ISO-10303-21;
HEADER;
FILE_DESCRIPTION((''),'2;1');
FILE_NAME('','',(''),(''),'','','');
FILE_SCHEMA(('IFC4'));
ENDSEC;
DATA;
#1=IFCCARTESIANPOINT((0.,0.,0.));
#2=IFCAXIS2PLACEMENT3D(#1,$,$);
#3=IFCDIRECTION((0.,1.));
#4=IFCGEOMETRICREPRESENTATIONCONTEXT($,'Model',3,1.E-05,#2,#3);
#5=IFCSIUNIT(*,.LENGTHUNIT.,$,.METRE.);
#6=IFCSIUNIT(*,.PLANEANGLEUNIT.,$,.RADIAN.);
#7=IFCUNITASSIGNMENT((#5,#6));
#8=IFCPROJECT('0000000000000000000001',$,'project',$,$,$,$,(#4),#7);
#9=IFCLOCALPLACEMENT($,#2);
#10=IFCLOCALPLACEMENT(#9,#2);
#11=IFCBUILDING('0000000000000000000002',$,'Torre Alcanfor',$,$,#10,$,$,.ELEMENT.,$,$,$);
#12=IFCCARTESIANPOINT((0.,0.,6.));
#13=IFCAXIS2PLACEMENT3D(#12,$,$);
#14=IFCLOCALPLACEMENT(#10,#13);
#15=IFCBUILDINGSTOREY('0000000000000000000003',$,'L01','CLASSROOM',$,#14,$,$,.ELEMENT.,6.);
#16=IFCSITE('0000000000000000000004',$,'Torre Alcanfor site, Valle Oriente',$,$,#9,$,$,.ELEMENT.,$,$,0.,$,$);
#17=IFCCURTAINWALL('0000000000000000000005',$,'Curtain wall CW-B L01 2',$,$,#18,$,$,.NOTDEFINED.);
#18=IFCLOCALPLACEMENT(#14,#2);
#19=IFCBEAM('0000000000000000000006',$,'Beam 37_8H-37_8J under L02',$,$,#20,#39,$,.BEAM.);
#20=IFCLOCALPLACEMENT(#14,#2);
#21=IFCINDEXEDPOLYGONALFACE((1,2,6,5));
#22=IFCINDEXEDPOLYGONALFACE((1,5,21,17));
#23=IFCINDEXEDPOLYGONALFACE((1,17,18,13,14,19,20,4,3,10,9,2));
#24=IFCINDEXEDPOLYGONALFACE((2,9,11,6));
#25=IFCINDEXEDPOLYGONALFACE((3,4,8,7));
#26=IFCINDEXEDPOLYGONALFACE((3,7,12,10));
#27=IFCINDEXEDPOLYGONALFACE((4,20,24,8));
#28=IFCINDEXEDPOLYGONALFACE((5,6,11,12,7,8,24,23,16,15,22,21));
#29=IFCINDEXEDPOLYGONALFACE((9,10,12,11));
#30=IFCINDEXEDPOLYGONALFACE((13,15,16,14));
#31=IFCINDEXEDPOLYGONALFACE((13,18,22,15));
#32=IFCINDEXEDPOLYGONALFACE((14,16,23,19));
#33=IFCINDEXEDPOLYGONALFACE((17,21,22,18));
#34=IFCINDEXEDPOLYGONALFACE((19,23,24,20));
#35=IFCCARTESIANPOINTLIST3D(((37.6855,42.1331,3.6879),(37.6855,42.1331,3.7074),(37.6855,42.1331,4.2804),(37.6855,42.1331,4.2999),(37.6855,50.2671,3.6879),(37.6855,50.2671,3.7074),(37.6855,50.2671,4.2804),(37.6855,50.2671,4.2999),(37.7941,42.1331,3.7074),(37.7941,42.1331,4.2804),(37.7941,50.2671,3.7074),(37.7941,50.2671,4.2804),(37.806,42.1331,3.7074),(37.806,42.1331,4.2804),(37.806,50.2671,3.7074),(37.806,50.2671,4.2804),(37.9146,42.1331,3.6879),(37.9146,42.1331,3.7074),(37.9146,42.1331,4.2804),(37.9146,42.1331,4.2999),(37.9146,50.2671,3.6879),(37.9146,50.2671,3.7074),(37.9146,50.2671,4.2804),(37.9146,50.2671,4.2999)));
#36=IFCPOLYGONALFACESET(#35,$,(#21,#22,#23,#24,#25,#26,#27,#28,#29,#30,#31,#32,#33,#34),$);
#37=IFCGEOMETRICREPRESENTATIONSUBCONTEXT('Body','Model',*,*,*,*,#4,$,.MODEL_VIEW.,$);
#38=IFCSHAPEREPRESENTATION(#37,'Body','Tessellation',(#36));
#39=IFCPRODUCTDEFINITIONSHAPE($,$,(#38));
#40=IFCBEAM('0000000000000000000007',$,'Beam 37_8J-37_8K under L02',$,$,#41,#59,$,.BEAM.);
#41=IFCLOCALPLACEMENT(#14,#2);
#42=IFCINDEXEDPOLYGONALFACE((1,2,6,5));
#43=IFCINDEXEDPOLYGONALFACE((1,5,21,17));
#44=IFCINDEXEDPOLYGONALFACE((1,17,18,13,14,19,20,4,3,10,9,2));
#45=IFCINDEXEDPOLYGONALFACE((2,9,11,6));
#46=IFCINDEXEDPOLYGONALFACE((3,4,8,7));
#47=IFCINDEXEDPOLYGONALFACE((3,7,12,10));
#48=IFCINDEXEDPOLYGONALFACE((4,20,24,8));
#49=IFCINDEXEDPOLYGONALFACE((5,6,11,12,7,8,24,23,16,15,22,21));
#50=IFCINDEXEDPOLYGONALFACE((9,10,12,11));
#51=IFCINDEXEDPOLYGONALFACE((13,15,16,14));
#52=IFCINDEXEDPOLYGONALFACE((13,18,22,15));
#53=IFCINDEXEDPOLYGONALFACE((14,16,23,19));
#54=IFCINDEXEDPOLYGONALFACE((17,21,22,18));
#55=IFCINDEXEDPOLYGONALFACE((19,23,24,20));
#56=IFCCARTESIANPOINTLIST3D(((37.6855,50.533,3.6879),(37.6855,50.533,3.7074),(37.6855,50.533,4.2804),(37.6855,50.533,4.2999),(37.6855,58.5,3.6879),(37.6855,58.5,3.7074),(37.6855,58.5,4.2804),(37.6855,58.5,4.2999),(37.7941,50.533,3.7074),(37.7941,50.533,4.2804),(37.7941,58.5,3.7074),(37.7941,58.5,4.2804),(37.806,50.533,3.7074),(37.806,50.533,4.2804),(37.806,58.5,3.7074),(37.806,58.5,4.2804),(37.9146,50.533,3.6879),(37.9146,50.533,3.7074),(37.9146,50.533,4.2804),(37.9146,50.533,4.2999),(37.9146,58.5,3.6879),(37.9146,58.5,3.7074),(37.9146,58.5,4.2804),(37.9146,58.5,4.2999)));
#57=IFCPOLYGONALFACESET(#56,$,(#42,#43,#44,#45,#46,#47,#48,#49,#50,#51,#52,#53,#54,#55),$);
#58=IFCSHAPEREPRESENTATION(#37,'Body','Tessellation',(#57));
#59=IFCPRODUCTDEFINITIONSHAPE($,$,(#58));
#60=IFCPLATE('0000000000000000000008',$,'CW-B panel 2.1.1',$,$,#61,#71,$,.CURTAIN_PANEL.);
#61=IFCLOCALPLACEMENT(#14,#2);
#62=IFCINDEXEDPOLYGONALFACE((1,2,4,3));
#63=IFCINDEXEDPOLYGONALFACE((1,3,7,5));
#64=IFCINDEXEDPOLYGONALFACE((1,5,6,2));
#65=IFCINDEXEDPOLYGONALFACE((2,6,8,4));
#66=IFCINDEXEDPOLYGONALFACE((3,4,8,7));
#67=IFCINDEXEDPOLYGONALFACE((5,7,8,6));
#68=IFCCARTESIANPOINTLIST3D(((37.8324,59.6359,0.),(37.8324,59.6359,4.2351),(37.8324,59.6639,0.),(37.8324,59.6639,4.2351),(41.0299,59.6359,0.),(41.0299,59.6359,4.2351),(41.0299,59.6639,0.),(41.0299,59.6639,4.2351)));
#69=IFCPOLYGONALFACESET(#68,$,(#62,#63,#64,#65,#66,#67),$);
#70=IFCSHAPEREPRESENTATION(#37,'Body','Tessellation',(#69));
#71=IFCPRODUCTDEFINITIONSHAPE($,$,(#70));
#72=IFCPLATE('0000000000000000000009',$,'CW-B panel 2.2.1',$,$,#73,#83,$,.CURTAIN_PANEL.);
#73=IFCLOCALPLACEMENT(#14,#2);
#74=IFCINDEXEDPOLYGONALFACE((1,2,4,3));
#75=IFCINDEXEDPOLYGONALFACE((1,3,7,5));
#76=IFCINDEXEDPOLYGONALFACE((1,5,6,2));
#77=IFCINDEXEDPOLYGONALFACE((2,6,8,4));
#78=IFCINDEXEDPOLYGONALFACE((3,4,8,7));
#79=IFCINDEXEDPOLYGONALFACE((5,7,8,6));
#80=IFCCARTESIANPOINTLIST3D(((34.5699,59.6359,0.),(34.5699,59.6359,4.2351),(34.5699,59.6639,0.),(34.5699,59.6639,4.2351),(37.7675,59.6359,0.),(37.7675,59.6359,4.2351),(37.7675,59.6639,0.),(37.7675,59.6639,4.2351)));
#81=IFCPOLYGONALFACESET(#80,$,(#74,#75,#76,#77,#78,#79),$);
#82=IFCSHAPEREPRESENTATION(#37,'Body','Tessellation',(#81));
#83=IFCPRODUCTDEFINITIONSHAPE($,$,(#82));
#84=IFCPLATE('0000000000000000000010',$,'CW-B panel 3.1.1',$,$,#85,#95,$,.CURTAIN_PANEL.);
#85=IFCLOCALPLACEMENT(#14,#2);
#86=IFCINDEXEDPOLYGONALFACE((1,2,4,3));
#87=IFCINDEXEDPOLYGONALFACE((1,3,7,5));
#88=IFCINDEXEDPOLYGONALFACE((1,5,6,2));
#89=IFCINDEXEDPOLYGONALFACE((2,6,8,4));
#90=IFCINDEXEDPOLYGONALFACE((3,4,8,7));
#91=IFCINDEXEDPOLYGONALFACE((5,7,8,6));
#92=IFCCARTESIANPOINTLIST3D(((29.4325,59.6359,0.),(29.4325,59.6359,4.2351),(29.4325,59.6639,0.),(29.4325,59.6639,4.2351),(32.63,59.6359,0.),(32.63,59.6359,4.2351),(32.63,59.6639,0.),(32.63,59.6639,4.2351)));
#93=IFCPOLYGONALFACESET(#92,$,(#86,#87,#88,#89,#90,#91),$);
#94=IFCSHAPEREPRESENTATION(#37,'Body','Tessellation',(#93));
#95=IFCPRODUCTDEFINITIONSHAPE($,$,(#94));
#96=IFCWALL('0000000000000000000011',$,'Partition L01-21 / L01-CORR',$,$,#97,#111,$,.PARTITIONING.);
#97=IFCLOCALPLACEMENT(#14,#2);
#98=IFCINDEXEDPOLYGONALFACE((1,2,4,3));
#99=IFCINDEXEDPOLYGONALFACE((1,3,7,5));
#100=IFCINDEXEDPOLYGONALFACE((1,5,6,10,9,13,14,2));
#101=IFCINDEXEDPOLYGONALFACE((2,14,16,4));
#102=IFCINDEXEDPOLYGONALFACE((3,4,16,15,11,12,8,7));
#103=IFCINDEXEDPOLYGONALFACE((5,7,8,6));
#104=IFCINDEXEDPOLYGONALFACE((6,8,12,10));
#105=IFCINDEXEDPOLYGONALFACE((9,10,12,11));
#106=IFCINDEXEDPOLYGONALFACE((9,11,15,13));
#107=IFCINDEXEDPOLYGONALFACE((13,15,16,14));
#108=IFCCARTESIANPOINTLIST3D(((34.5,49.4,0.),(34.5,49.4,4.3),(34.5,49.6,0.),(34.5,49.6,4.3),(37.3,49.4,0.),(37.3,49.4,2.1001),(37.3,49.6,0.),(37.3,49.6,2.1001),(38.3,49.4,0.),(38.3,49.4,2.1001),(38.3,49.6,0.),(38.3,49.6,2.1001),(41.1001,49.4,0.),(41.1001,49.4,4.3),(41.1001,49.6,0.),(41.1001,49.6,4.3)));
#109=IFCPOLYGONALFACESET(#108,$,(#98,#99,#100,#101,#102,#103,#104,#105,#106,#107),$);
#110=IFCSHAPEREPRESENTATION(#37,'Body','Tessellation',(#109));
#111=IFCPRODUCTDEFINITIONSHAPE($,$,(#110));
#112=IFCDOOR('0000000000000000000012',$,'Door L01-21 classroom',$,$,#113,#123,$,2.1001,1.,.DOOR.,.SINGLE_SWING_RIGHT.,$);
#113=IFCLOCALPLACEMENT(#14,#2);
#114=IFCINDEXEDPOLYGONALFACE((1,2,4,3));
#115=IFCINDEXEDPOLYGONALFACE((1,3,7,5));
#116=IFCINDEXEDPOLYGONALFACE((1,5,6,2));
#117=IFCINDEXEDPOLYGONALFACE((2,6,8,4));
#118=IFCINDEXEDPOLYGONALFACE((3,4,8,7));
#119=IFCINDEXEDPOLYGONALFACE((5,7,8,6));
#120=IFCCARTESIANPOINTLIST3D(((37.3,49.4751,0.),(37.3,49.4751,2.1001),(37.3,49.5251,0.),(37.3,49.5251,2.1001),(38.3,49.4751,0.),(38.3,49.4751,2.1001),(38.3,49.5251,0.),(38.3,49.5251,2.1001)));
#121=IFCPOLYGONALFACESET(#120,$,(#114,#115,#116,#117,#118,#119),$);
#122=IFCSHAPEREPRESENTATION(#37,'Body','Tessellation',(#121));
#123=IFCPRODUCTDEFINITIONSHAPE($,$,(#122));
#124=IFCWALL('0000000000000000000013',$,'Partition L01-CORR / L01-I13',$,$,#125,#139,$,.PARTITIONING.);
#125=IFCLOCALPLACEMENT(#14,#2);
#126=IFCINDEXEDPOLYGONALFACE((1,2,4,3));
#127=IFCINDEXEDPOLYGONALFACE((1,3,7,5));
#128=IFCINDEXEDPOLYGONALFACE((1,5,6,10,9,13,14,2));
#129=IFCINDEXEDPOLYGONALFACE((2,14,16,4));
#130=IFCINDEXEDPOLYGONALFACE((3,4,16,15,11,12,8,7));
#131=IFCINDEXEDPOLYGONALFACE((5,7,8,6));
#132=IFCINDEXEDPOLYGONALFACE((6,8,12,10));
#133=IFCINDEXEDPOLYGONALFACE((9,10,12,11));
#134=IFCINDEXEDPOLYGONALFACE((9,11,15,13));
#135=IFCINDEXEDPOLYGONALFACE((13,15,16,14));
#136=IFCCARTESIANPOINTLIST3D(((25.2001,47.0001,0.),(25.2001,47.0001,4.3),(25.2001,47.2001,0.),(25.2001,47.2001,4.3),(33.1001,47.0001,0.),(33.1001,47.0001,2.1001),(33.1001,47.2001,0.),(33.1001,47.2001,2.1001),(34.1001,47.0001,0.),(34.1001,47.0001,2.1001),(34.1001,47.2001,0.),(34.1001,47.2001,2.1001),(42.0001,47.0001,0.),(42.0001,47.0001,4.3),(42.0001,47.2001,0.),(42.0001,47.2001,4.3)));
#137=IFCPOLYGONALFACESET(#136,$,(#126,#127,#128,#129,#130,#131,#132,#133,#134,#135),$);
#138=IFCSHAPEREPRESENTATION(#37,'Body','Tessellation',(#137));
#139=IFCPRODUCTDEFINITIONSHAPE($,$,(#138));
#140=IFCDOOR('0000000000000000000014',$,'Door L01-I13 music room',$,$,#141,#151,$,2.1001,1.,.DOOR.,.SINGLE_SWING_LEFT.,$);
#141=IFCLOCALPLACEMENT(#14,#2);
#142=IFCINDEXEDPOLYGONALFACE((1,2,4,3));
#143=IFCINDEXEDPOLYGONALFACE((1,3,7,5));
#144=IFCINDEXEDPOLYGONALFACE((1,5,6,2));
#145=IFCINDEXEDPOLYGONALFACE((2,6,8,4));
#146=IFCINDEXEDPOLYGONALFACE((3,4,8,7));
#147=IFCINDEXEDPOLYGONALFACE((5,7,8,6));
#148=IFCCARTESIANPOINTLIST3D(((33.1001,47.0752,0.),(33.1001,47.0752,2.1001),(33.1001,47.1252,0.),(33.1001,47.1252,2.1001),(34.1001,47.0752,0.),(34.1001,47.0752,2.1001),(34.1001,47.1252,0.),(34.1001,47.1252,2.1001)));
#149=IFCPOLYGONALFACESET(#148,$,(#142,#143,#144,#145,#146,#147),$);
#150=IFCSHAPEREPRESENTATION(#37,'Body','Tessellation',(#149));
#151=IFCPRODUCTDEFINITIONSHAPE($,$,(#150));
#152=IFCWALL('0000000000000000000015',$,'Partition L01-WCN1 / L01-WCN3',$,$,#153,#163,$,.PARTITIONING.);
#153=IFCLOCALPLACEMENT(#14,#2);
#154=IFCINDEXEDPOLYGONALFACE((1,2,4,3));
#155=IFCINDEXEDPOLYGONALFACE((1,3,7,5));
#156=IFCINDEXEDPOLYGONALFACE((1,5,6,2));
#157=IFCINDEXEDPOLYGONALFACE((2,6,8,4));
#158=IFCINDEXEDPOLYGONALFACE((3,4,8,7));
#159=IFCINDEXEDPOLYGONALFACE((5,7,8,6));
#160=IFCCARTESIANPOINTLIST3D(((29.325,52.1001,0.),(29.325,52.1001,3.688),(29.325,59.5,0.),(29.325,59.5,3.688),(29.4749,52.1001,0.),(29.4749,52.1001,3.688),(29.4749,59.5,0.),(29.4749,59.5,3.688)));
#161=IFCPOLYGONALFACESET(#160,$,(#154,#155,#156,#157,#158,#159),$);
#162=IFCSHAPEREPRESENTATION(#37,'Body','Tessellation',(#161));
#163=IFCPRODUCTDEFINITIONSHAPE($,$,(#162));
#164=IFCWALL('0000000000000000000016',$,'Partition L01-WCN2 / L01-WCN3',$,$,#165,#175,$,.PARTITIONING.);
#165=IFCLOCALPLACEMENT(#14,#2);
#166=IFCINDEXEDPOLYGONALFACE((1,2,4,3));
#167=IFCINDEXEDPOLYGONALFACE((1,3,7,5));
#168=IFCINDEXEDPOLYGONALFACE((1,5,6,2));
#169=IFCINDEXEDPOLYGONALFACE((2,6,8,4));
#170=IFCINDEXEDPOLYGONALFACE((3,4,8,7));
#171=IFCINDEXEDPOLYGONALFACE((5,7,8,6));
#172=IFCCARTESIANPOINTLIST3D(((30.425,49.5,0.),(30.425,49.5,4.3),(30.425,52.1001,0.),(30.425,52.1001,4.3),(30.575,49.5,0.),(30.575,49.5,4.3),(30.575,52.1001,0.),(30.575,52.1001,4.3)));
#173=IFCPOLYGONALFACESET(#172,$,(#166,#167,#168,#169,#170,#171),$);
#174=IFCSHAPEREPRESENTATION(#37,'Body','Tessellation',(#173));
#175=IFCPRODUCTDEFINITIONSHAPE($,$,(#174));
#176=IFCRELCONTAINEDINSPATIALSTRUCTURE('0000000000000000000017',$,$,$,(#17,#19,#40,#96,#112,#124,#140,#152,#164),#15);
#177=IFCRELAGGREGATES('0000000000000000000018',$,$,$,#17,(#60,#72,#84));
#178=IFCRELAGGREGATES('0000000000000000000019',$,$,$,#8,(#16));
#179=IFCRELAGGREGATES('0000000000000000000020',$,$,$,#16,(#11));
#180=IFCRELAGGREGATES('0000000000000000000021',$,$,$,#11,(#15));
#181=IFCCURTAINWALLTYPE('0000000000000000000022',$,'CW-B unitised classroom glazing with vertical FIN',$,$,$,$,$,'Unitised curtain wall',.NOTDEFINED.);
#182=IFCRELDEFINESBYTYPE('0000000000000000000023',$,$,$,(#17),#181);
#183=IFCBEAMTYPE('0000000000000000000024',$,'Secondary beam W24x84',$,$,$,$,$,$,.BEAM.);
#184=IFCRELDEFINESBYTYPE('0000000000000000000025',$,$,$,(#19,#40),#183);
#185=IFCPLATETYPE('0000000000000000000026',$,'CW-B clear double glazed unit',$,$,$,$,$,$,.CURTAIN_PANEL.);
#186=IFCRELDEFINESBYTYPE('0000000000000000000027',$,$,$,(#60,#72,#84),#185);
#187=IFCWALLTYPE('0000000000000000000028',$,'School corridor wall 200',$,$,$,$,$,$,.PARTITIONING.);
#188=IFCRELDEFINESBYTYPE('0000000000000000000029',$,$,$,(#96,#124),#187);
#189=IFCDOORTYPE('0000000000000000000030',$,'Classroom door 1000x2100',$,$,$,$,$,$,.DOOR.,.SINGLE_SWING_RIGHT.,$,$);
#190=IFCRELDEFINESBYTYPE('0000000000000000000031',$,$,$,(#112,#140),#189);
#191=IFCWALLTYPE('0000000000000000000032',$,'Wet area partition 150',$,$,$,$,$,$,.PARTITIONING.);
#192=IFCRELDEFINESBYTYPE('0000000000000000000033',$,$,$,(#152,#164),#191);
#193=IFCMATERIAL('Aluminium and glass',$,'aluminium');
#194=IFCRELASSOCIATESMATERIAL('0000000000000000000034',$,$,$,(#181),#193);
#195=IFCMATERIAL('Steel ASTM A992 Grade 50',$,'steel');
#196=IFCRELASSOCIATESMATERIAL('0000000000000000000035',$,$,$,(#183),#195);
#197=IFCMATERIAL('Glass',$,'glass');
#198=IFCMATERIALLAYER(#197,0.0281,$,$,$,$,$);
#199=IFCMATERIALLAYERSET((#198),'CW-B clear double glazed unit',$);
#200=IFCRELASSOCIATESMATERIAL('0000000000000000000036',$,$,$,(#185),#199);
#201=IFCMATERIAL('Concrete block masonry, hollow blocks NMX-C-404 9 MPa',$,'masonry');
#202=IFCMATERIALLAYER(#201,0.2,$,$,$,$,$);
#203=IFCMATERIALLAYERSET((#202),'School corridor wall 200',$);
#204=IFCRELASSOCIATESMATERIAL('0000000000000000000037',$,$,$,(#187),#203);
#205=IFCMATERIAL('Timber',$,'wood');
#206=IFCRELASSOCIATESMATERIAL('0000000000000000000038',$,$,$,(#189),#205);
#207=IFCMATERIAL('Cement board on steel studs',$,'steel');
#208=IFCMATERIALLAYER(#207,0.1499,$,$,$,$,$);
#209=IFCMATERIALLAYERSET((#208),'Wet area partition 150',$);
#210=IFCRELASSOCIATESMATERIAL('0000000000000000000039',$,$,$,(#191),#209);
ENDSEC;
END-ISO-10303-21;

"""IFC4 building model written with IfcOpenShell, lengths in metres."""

from ifc_helpers import new_model, si_unit, direction, frame, frame_2d, origin, origin_2d, place, context, subcontext, project, spatial, rectangle, i_section, extrude, material, layer, layer_set, material_profile, profile_set, type_object, element, fill, aggregate, save


model = new_model("IFC4")

# Units and contexts
model_context = context("Model", 3, precision=1e-05, world=origin(), true_north=direction((0.0, 1.0)))
body_context = subcontext(model_context, "Body", "Model", "MODEL_VIEW")
ifc_project = project(units=[si_unit("LENGTHUNIT", "METRE"), si_unit("PLANEANGLEUNIT", "RADIAN")], contexts=[model_context])

# Site, building, storey
site_placement = place(None, origin())
site = spatial("IfcSite", under=ifc_project, at=site_placement, Name="Torre Alcanfor site, Valle Oriente", CompositionType="ELEMENT", RefElevation=0.0)
building_placement = place(site_placement, origin())
building = spatial("IfcBuilding", under=site, at=building_placement, Name="Torre Alcanfor", CompositionType="ELEMENT")
storey_placement = place(building_placement, frame((0.0, 0.0, 6.0)))
storey = spatial("IfcBuildingStorey", under=building, at=storey_placement, Name="L01", Description="CLASSROOM", CompositionType="ELEMENT", Elevation=6.0)

# Curtain wall
ifc_material_1 = material(Name="Aluminium and glass", Category="aluminium")
curtain_wall_type = type_object("IfcCurtainWallType", Name="CW-B unitised classroom glazing with vertical FIN", ElementType="Unitised curtain wall", PredefinedType="NOTDEFINED", material=ifc_material_1)
curtain_wall_placement = place(storey_placement, origin())
curtain_wall = element("IfcCurtainWall", 1, at=curtain_wall_placement, inside=storey, type_object=curtain_wall_type, Name="Curtain wall CW-B L01 2", PredefinedType="NOTDEFINED")

# Beams
ifc_material_2 = material(Name="Steel ASTM A992 Grade 50", Category="steel")
ifc_material_profile_1 = material_profile(ifc_material_2, i_section(OverallWidth=0.229, OverallDepth=0.6121, WebThickness=0.012, FlangeThickness=0.0195, at=origin_2d()), Name="W24x84")
ifc_profile_set_1 = profile_set([ifc_material_profile_1], Name="Steel ASTM A992 Grade 50")
beam_type_1 = type_object("IfcBeamType", Name="Secondary beam W24x84", PredefinedType="BEAM", material=ifc_profile_set_1)
beam_1_placement = place(storey_placement, frame((37.8, 42.1331, 3.9939), z_axis=(0.0, 1.0, 0.0), x_axis=(-1.0, 0.0, 0.0)))
element("IfcBeam", 2, at=beam_1_placement, inside=storey, type_object=beam_type_1, Name="Beam 37_8H-37_8J under L02", PredefinedType="BEAM", context=body_context, shape_type="SweptSolid", body=[
    extrude(i_section(OverallWidth=0.229, OverallDepth=0.6121, WebThickness=0.012, FlangeThickness=0.0195, at=origin_2d()), origin(), (0.0, 0.0, 1.0), 8.134),
])
beam_2_placement = place(storey_placement, frame((37.8, 50.533, 3.9939), z_axis=(0.0, 1.0, 0.0), x_axis=(-1.0, 0.0, 0.0)))
element("IfcBeam", 3, at=beam_2_placement, inside=storey, type_object=beam_type_1, Name="Beam 37_8J-37_8K under L02", PredefinedType="BEAM", context=body_context, shape_type="SweptSolid", body=[
    extrude(i_section(OverallWidth=0.229, OverallDepth=0.6121, WebThickness=0.012, FlangeThickness=0.0195, at=origin_2d()), origin(), (0.0, 0.0, 1.0), 7.967),
])

# Plates
ifc_material_3 = material(Name="Glass", Category="glass")
ifc_layer_1 = layer(ifc_material_3, 0.0281)
ifc_layer_set_1 = layer_set([ifc_layer_1], Name="CW-B clear double glazed unit")
plate_type = type_object("IfcPlateType", Name="CW-B clear double glazed unit", PredefinedType="CURTAIN_PANEL", material=ifc_layer_set_1)
plate_1_placement = place(storey_placement, frame((39.4312, 59.6499, 0.0), z_axis=(0.0, 0.0, 1.0), x_axis=(-1.0, 0.0, 0.0)))
plate_1 = element("IfcPlate", 4, at=plate_1_placement, type_object=plate_type, Name="CW-B panel 2.1.1", PredefinedType="CURTAIN_PANEL", context=body_context, shape_type="SweptSolid", body=[
    extrude(rectangle(XDim=3.1975, YDim=0.0281, at=origin_2d()), origin(), (0.0, 0.0, 1.0), 4.2351),
])
plate_2_placement = place(storey_placement, frame((36.1687, 59.6499, 0.0), z_axis=(0.0, 0.0, 1.0), x_axis=(-1.0, 0.0, 0.0)))
plate_2 = element("IfcPlate", 5, at=plate_2_placement, type_object=plate_type, Name="CW-B panel 2.2.1", PredefinedType="CURTAIN_PANEL", context=body_context, shape_type="SweptSolid", body=[
    extrude(rectangle(XDim=3.1975, YDim=0.0281, at=origin_2d()), origin(), (0.0, 0.0, 1.0), 4.2351),
])
plate_3_placement = place(storey_placement, frame((31.0312, 59.6499, 0.0), z_axis=(0.0, 0.0, 1.0), x_axis=(-1.0, 0.0, 0.0)))
plate_3 = element("IfcPlate", 6, at=plate_3_placement, type_object=plate_type, Name="CW-B panel 3.1.1", PredefinedType="CURTAIN_PANEL", context=body_context, shape_type="SweptSolid", body=[
    extrude(rectangle(XDim=3.1975, YDim=0.0281, at=origin_2d()), origin(), (0.0, 0.0, 1.0), 4.2351),
])
aggregate(curtain_wall, [plate_1, plate_2, plate_3])

# Walls, openings, doors
ifc_material_4 = material(Name="Concrete block masonry, hollow blocks NMX-C-404 9 MPa", Category="masonry")
ifc_layer_2 = layer(ifc_material_4, 0.2)
ifc_layer_set_2 = layer_set([ifc_layer_2], Name="School corridor wall 200")
wall_type_1 = type_object("IfcWallType", Name="School corridor wall 200", PredefinedType="PARTITIONING", material=ifc_layer_set_2)
wall_1_placement = place(storey_placement, frame((41.1001, 49.5, 0.0), z_axis=(0.0, 0.0, 1.0), x_axis=(-1.0, 0.0, 0.0)))
wall_1 = element("IfcWall", 7, at=wall_1_placement, inside=storey, type_object=wall_type_1, Name="Partition L01-21 / L01-CORR", PredefinedType="PARTITIONING", context=body_context, shape_type="SweptSolid", body=[
    extrude(rectangle(XDim=6.6001, YDim=0.2, at=frame_2d((3.3, 0.0))), origin(), (0.0, 0.0, 1.0), 4.3),
])
opening_1_placement = place(wall_1_placement, frame((2.8, 0.0, 0.0)))
opening_1 = element("IfcOpeningElement", 8, at=opening_1_placement, cuts=wall_1, PredefinedType="OPENING", context=body_context, shape_type="SweptSolid", body=[
    extrude(rectangle(XDim=1.0, YDim=2.1001, at=frame_2d((0.5, 1.05))), frame((0.0, 0.1099, 0.0), z_axis=(0.0, -1.0, 0.0), x_axis=(1.0, 0.0, 0.0)), (0.0, 0.0, 1.0), 0.22),
])
ifc_material_5 = material(Name="Timber", Category="wood")
door_type_1 = type_object("IfcDoorType", Name="Classroom door 1000x2100", OperationType="SINGLE_SWING_RIGHT", PredefinedType="DOOR", material=ifc_material_5)
door_1_placement = place(opening_1_placement, frame((1.0, 0.0, 0.0), z_axis=(0.0, 0.0, 1.0), x_axis=(-1.0, 0.0, 0.0)))
door_1 = element("IfcDoor", 9, at=door_1_placement, inside=storey, type_object=door_type_1, Name="Door L01-21 classroom", OperationType="SINGLE_SWING_RIGHT", OverallHeight=2.1001, OverallWidth=1.0, PredefinedType="DOOR", context=body_context, shape_type="SweptSolid", body=[
    extrude(rectangle(XDim=1.0, YDim=2.1001, at=frame_2d((0.5, 1.05))), frame((0.0, 0.0251, 0.0), z_axis=(0.0, -1.0, 0.0), x_axis=(1.0, 0.0, 0.0)), (0.0, 0.0, 1.0), 0.05),
])
fill(opening_1, door_1)
wall_2_placement = place(storey_placement, frame((42.0, 47.1001, 0.0), z_axis=(0.0, 0.0, 1.0), x_axis=(-1.0, 0.0, 0.0)))
wall_2 = element("IfcWall", 10, at=wall_2_placement, inside=storey, type_object=wall_type_1, Name="Partition L01-CORR / L01-I13", PredefinedType="PARTITIONING", context=body_context, shape_type="SweptSolid", body=[
    extrude(rectangle(XDim=16.8, YDim=0.2, at=frame_2d((8.3999, 0.0))), origin(), (0.0, 0.0, 1.0), 4.3),
])
opening_2_placement = place(wall_2_placement, frame((7.8999, 0.0, 0.0)))
opening_2 = element("IfcOpeningElement", 11, at=opening_2_placement, cuts=wall_2, PredefinedType="OPENING", context=body_context, shape_type="SweptSolid", body=[
    extrude(rectangle(XDim=1.0, YDim=2.1001, at=frame_2d((0.5, 1.05))), frame((0.0, 0.1099, 0.0), z_axis=(0.0, -1.0, 0.0), x_axis=(1.0, 0.0, 0.0)), (0.0, 0.0, 1.0), 0.22),
])
door_2_placement = place(opening_2_placement, origin())
door_2 = element("IfcDoor", 12, at=door_2_placement, inside=storey, type_object=door_type_1, Name="Door L01-I13 music room", OperationType="SINGLE_SWING_LEFT", OverallHeight=2.1001, OverallWidth=1.0, PredefinedType="DOOR", context=body_context, shape_type="SweptSolid", body=[
    extrude(rectangle(XDim=1.0, YDim=2.1001, at=frame_2d((0.5, 1.05))), frame((0.0, 0.0249, 0.0), z_axis=(0.0, -1.0, 0.0), x_axis=(1.0, 0.0, 0.0)), (0.0, 0.0, 1.0), 0.05),
])
fill(opening_2, door_2)

# Walls
ifc_material_6 = material(Name="Cement board on steel studs", Category="steel")
ifc_layer_3 = layer(ifc_material_6, 0.1499)
ifc_layer_set_3 = layer_set([ifc_layer_3], Name="Wet area partition 150")
wall_type_2 = type_object("IfcWallType", Name="Wet area partition 150", PredefinedType="PARTITIONING", material=ifc_layer_set_3)
wall_3_placement = place(storey_placement, frame((29.3999, 59.5, 0.0), z_axis=(0.0, 0.0, 1.0), x_axis=(0.0, -1.0, 0.0)))
element("IfcWall", 13, at=wall_3_placement, inside=storey, type_object=wall_type_2, Name="Partition L01-WCN1 / L01-WCN3", PredefinedType="PARTITIONING", context=body_context, shape_type="SweptSolid", body=[
    extrude(rectangle(XDim=7.3999, YDim=0.1499, at=frame_2d((3.7, 0.0))), origin(), (0.0, 0.0, 1.0), 3.688),
])
wall_4_placement = place(storey_placement, frame((30.5, 52.1001, 0.0), z_axis=(0.0, 0.0, 1.0), x_axis=(0.0, -1.0, 0.0)))
element("IfcWall", 14, at=wall_4_placement, inside=storey, type_object=wall_type_2, Name="Partition L01-WCN2 / L01-WCN3", PredefinedType="PARTITIONING", context=body_context, shape_type="SweptSolid", body=[
    extrude(rectangle(XDim=2.6001, YDim=0.1499, at=frame_2d((1.3, 0.0))), origin(), (0.0, 0.0, 1.0), 4.3),
])

save(model, "model.ifc")
